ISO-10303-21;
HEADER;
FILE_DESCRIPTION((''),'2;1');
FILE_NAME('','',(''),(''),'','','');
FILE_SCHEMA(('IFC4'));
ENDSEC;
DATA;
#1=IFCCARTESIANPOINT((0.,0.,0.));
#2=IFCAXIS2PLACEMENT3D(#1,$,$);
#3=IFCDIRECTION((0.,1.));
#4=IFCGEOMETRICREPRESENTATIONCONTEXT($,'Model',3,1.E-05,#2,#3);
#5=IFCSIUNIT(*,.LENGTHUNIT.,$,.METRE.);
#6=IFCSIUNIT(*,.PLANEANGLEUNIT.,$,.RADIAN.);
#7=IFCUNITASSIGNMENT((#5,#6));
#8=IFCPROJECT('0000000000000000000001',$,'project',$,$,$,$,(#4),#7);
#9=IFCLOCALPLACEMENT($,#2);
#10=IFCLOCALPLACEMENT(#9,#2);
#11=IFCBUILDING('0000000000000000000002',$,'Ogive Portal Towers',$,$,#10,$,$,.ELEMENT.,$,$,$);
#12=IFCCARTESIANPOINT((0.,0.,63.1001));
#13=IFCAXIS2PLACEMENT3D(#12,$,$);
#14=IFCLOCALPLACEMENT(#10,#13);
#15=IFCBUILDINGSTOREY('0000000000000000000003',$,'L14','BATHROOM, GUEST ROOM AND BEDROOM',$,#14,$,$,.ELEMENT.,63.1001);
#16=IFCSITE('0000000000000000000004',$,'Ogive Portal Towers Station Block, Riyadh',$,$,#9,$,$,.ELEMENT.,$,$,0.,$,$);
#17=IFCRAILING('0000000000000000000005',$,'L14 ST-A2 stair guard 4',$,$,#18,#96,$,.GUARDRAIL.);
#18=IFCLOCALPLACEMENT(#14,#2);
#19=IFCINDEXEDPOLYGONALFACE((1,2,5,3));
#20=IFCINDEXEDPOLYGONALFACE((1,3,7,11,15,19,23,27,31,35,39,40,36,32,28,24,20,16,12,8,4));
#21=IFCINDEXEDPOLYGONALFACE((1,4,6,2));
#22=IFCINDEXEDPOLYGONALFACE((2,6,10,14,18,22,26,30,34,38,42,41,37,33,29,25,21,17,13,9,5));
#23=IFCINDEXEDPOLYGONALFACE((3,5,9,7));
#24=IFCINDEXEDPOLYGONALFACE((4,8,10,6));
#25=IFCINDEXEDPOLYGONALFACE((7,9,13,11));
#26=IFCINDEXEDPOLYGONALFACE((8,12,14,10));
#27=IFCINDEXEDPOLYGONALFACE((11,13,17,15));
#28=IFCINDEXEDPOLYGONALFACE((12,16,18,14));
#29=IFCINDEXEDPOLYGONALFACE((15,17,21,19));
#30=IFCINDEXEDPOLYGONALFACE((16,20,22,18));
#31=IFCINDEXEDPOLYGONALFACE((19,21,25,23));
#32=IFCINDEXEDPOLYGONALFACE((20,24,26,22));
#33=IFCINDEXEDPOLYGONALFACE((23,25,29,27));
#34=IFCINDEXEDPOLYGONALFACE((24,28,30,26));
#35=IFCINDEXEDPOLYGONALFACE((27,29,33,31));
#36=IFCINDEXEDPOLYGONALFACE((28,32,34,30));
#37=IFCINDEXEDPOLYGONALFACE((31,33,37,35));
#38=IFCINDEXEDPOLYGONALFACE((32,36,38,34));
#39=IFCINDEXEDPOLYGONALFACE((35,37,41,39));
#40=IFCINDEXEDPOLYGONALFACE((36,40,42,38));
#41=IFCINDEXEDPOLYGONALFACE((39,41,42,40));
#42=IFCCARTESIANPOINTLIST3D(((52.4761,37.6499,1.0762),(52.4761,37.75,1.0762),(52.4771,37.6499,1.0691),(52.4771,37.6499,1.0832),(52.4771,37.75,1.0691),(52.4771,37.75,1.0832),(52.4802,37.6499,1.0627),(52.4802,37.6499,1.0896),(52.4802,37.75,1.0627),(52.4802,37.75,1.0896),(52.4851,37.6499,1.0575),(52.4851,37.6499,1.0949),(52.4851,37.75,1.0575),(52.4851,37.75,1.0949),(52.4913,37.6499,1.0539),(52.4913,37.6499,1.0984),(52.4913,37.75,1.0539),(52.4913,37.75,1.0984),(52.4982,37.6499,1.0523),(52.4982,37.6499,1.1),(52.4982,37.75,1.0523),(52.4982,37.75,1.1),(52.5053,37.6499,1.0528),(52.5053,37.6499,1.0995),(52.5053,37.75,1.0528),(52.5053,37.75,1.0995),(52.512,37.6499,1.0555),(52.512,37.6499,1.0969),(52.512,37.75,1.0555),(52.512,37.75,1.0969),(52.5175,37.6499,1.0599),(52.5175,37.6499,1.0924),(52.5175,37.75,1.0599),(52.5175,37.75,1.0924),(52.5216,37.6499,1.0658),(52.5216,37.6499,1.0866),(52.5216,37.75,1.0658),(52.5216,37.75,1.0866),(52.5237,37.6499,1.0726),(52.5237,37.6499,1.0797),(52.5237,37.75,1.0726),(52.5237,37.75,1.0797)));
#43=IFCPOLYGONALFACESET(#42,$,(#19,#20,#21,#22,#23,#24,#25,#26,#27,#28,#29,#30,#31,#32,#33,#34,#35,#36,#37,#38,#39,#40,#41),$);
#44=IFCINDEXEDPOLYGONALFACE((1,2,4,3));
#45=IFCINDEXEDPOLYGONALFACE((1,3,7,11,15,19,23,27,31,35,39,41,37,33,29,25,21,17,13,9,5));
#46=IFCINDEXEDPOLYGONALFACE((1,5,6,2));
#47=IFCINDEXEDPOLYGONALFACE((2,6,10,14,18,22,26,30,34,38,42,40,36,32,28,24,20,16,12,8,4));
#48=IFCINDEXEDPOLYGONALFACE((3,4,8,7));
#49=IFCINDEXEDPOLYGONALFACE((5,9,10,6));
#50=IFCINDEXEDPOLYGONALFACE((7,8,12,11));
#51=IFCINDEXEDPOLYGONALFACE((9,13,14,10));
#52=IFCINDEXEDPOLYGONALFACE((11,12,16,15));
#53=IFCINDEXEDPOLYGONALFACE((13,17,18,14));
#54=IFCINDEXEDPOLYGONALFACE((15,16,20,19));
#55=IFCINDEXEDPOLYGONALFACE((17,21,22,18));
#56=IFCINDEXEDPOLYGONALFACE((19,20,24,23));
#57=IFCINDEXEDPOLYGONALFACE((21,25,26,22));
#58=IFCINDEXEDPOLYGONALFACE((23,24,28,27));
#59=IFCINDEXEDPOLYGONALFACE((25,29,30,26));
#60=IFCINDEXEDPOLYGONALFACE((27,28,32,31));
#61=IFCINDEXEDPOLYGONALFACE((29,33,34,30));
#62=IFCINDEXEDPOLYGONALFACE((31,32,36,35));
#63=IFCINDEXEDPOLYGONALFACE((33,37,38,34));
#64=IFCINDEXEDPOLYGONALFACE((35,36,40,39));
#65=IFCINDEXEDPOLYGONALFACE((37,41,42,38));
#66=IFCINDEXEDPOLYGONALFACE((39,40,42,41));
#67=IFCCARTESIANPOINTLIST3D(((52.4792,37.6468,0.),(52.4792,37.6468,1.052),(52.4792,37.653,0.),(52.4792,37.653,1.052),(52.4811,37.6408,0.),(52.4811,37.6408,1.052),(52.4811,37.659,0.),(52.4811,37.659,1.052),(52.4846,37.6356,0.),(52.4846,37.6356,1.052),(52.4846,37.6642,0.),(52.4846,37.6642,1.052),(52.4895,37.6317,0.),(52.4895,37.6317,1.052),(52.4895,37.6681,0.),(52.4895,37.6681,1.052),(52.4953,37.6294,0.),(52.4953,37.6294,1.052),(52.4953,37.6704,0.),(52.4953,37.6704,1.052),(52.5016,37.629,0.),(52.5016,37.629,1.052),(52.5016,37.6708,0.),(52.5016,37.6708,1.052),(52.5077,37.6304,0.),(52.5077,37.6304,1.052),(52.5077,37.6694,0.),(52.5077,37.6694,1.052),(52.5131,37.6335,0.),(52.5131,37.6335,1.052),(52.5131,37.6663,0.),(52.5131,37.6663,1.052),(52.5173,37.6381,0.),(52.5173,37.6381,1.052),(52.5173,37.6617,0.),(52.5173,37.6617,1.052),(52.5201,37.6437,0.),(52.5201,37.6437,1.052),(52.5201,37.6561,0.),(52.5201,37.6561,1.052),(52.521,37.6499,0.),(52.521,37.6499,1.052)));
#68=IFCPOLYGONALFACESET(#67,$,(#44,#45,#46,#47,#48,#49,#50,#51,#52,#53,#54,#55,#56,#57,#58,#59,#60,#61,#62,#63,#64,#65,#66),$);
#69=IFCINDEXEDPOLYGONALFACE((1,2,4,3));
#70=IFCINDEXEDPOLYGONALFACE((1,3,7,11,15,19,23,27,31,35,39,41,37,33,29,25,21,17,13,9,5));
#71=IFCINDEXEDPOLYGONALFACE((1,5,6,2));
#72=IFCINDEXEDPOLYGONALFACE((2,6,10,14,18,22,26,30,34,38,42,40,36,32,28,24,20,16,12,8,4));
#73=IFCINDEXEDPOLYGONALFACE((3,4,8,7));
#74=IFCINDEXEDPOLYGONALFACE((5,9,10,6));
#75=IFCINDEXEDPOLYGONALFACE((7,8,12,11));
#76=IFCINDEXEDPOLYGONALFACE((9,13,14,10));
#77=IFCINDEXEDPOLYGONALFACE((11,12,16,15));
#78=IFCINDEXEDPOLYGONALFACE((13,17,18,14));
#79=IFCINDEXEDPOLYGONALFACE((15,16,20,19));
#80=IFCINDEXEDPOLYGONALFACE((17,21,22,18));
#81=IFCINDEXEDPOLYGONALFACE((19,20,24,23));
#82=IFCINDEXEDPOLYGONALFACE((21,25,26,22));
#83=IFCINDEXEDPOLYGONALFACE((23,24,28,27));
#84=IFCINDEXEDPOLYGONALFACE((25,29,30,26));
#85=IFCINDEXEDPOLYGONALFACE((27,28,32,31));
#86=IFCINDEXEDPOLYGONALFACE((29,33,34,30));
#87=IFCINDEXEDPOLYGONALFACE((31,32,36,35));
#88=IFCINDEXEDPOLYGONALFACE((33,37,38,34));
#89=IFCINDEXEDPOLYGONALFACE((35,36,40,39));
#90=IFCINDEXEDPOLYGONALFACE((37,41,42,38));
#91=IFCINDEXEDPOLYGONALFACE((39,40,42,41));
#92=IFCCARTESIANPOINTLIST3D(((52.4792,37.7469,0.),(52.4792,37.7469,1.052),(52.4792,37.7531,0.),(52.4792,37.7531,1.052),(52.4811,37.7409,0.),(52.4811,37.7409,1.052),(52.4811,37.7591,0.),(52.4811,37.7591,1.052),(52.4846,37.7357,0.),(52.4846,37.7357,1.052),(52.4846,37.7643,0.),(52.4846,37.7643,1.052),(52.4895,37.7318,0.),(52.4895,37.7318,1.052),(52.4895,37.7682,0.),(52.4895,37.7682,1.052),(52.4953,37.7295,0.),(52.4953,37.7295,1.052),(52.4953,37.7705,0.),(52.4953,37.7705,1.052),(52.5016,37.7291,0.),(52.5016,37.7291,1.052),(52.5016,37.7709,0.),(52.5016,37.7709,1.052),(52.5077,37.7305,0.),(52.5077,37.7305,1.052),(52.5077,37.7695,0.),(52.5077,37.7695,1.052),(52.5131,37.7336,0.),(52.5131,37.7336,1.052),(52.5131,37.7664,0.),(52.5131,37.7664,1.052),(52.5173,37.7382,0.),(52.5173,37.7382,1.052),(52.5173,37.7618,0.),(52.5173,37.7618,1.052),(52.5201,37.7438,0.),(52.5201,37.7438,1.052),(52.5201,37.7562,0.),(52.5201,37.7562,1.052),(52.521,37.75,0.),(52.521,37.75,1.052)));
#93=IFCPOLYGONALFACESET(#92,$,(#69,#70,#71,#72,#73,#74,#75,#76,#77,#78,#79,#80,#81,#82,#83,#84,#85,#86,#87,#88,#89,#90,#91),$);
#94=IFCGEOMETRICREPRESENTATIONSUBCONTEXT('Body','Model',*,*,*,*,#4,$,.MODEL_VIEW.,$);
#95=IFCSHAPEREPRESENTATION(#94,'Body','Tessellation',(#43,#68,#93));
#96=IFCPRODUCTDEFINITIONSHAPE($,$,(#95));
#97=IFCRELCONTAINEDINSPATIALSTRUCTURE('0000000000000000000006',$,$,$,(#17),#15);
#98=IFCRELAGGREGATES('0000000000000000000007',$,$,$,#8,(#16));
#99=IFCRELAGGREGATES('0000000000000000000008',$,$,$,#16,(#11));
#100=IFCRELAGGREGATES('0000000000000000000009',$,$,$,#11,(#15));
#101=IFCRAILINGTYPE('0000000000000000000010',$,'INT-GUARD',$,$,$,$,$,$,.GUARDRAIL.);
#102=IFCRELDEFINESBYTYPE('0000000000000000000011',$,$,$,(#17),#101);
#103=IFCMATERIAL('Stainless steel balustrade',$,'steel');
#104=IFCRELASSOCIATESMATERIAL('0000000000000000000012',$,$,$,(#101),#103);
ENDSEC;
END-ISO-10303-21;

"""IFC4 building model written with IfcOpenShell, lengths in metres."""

from ifc_helpers import new_model, si_unit, direction, frame, origin, origin_2d, place, context, subcontext, project, spatial, circle, extrude, material, type_object, element, save


model = new_model("IFC4")

# Units and contexts
model_context = context("Model", 3, precision=1e-05, world=origin(), true_north=direction((0.0, 1.0)))
body_context = subcontext(model_context, "Body", "Model", "MODEL_VIEW")
ifc_project = project(units=[si_unit("LENGTHUNIT", "METRE"), si_unit("PLANEANGLEUNIT", "RADIAN")], contexts=[model_context])

# Site, building, storey
site_placement = place(None, origin())
site = spatial("IfcSite", under=ifc_project, at=site_placement, Name="Ogive Portal Towers Station Block, Riyadh", CompositionType="ELEMENT", RefElevation=0.0)
building_placement = place(site_placement, origin())
building = spatial("IfcBuilding", under=site, at=building_placement, Name="Ogive Portal Towers", CompositionType="ELEMENT")
storey_placement = place(building_placement, frame((0.0, 0.0, 63.1001)))
storey = spatial("IfcBuildingStorey", under=building, at=storey_placement, Name="L14", Description="BATHROOM, GUEST ROOM AND BEDROOM", CompositionType="ELEMENT", Elevation=63.1001)

# Railing
ifc_material_1 = material(Name="Stainless steel balustrade", Category="steel")
railing_type_1 = type_object("IfcRailingType", Name="INT-GUARD", PredefinedType="GUARDRAIL", material=ifc_material_1)
railing_1_placement = place(storey_placement, frame((52.5, 37.6499, 0.0)))
element("IfcRailing", 1, at=railing_1_placement, inside=storey, type_object=railing_type_1, Name="L14 ST-A2 stair guard 4", PredefinedType="GUARDRAIL", context=body_context, shape_type="SweptSolid", body=[
    extrude(circle(Radius=0.0239, at=origin_2d()), frame((0.0, 0.0, 1.0762), z_axis=(0.0, 1.0, 0.0), x_axis=(-1.0, 0.0, 0.0)), (0.0, 0.0, 1.0), 0.1001),
    extrude(circle(Radius=0.021, at=origin_2d()), origin(), (0.0, 0.0, 1.0), 1.052),
    extrude(circle(Radius=0.021, at=origin_2d()), frame((0.0, 0.1001, 0.0)), (0.0, 0.0, 1.0), 1.052),
])

save(model, "model.ifc")
